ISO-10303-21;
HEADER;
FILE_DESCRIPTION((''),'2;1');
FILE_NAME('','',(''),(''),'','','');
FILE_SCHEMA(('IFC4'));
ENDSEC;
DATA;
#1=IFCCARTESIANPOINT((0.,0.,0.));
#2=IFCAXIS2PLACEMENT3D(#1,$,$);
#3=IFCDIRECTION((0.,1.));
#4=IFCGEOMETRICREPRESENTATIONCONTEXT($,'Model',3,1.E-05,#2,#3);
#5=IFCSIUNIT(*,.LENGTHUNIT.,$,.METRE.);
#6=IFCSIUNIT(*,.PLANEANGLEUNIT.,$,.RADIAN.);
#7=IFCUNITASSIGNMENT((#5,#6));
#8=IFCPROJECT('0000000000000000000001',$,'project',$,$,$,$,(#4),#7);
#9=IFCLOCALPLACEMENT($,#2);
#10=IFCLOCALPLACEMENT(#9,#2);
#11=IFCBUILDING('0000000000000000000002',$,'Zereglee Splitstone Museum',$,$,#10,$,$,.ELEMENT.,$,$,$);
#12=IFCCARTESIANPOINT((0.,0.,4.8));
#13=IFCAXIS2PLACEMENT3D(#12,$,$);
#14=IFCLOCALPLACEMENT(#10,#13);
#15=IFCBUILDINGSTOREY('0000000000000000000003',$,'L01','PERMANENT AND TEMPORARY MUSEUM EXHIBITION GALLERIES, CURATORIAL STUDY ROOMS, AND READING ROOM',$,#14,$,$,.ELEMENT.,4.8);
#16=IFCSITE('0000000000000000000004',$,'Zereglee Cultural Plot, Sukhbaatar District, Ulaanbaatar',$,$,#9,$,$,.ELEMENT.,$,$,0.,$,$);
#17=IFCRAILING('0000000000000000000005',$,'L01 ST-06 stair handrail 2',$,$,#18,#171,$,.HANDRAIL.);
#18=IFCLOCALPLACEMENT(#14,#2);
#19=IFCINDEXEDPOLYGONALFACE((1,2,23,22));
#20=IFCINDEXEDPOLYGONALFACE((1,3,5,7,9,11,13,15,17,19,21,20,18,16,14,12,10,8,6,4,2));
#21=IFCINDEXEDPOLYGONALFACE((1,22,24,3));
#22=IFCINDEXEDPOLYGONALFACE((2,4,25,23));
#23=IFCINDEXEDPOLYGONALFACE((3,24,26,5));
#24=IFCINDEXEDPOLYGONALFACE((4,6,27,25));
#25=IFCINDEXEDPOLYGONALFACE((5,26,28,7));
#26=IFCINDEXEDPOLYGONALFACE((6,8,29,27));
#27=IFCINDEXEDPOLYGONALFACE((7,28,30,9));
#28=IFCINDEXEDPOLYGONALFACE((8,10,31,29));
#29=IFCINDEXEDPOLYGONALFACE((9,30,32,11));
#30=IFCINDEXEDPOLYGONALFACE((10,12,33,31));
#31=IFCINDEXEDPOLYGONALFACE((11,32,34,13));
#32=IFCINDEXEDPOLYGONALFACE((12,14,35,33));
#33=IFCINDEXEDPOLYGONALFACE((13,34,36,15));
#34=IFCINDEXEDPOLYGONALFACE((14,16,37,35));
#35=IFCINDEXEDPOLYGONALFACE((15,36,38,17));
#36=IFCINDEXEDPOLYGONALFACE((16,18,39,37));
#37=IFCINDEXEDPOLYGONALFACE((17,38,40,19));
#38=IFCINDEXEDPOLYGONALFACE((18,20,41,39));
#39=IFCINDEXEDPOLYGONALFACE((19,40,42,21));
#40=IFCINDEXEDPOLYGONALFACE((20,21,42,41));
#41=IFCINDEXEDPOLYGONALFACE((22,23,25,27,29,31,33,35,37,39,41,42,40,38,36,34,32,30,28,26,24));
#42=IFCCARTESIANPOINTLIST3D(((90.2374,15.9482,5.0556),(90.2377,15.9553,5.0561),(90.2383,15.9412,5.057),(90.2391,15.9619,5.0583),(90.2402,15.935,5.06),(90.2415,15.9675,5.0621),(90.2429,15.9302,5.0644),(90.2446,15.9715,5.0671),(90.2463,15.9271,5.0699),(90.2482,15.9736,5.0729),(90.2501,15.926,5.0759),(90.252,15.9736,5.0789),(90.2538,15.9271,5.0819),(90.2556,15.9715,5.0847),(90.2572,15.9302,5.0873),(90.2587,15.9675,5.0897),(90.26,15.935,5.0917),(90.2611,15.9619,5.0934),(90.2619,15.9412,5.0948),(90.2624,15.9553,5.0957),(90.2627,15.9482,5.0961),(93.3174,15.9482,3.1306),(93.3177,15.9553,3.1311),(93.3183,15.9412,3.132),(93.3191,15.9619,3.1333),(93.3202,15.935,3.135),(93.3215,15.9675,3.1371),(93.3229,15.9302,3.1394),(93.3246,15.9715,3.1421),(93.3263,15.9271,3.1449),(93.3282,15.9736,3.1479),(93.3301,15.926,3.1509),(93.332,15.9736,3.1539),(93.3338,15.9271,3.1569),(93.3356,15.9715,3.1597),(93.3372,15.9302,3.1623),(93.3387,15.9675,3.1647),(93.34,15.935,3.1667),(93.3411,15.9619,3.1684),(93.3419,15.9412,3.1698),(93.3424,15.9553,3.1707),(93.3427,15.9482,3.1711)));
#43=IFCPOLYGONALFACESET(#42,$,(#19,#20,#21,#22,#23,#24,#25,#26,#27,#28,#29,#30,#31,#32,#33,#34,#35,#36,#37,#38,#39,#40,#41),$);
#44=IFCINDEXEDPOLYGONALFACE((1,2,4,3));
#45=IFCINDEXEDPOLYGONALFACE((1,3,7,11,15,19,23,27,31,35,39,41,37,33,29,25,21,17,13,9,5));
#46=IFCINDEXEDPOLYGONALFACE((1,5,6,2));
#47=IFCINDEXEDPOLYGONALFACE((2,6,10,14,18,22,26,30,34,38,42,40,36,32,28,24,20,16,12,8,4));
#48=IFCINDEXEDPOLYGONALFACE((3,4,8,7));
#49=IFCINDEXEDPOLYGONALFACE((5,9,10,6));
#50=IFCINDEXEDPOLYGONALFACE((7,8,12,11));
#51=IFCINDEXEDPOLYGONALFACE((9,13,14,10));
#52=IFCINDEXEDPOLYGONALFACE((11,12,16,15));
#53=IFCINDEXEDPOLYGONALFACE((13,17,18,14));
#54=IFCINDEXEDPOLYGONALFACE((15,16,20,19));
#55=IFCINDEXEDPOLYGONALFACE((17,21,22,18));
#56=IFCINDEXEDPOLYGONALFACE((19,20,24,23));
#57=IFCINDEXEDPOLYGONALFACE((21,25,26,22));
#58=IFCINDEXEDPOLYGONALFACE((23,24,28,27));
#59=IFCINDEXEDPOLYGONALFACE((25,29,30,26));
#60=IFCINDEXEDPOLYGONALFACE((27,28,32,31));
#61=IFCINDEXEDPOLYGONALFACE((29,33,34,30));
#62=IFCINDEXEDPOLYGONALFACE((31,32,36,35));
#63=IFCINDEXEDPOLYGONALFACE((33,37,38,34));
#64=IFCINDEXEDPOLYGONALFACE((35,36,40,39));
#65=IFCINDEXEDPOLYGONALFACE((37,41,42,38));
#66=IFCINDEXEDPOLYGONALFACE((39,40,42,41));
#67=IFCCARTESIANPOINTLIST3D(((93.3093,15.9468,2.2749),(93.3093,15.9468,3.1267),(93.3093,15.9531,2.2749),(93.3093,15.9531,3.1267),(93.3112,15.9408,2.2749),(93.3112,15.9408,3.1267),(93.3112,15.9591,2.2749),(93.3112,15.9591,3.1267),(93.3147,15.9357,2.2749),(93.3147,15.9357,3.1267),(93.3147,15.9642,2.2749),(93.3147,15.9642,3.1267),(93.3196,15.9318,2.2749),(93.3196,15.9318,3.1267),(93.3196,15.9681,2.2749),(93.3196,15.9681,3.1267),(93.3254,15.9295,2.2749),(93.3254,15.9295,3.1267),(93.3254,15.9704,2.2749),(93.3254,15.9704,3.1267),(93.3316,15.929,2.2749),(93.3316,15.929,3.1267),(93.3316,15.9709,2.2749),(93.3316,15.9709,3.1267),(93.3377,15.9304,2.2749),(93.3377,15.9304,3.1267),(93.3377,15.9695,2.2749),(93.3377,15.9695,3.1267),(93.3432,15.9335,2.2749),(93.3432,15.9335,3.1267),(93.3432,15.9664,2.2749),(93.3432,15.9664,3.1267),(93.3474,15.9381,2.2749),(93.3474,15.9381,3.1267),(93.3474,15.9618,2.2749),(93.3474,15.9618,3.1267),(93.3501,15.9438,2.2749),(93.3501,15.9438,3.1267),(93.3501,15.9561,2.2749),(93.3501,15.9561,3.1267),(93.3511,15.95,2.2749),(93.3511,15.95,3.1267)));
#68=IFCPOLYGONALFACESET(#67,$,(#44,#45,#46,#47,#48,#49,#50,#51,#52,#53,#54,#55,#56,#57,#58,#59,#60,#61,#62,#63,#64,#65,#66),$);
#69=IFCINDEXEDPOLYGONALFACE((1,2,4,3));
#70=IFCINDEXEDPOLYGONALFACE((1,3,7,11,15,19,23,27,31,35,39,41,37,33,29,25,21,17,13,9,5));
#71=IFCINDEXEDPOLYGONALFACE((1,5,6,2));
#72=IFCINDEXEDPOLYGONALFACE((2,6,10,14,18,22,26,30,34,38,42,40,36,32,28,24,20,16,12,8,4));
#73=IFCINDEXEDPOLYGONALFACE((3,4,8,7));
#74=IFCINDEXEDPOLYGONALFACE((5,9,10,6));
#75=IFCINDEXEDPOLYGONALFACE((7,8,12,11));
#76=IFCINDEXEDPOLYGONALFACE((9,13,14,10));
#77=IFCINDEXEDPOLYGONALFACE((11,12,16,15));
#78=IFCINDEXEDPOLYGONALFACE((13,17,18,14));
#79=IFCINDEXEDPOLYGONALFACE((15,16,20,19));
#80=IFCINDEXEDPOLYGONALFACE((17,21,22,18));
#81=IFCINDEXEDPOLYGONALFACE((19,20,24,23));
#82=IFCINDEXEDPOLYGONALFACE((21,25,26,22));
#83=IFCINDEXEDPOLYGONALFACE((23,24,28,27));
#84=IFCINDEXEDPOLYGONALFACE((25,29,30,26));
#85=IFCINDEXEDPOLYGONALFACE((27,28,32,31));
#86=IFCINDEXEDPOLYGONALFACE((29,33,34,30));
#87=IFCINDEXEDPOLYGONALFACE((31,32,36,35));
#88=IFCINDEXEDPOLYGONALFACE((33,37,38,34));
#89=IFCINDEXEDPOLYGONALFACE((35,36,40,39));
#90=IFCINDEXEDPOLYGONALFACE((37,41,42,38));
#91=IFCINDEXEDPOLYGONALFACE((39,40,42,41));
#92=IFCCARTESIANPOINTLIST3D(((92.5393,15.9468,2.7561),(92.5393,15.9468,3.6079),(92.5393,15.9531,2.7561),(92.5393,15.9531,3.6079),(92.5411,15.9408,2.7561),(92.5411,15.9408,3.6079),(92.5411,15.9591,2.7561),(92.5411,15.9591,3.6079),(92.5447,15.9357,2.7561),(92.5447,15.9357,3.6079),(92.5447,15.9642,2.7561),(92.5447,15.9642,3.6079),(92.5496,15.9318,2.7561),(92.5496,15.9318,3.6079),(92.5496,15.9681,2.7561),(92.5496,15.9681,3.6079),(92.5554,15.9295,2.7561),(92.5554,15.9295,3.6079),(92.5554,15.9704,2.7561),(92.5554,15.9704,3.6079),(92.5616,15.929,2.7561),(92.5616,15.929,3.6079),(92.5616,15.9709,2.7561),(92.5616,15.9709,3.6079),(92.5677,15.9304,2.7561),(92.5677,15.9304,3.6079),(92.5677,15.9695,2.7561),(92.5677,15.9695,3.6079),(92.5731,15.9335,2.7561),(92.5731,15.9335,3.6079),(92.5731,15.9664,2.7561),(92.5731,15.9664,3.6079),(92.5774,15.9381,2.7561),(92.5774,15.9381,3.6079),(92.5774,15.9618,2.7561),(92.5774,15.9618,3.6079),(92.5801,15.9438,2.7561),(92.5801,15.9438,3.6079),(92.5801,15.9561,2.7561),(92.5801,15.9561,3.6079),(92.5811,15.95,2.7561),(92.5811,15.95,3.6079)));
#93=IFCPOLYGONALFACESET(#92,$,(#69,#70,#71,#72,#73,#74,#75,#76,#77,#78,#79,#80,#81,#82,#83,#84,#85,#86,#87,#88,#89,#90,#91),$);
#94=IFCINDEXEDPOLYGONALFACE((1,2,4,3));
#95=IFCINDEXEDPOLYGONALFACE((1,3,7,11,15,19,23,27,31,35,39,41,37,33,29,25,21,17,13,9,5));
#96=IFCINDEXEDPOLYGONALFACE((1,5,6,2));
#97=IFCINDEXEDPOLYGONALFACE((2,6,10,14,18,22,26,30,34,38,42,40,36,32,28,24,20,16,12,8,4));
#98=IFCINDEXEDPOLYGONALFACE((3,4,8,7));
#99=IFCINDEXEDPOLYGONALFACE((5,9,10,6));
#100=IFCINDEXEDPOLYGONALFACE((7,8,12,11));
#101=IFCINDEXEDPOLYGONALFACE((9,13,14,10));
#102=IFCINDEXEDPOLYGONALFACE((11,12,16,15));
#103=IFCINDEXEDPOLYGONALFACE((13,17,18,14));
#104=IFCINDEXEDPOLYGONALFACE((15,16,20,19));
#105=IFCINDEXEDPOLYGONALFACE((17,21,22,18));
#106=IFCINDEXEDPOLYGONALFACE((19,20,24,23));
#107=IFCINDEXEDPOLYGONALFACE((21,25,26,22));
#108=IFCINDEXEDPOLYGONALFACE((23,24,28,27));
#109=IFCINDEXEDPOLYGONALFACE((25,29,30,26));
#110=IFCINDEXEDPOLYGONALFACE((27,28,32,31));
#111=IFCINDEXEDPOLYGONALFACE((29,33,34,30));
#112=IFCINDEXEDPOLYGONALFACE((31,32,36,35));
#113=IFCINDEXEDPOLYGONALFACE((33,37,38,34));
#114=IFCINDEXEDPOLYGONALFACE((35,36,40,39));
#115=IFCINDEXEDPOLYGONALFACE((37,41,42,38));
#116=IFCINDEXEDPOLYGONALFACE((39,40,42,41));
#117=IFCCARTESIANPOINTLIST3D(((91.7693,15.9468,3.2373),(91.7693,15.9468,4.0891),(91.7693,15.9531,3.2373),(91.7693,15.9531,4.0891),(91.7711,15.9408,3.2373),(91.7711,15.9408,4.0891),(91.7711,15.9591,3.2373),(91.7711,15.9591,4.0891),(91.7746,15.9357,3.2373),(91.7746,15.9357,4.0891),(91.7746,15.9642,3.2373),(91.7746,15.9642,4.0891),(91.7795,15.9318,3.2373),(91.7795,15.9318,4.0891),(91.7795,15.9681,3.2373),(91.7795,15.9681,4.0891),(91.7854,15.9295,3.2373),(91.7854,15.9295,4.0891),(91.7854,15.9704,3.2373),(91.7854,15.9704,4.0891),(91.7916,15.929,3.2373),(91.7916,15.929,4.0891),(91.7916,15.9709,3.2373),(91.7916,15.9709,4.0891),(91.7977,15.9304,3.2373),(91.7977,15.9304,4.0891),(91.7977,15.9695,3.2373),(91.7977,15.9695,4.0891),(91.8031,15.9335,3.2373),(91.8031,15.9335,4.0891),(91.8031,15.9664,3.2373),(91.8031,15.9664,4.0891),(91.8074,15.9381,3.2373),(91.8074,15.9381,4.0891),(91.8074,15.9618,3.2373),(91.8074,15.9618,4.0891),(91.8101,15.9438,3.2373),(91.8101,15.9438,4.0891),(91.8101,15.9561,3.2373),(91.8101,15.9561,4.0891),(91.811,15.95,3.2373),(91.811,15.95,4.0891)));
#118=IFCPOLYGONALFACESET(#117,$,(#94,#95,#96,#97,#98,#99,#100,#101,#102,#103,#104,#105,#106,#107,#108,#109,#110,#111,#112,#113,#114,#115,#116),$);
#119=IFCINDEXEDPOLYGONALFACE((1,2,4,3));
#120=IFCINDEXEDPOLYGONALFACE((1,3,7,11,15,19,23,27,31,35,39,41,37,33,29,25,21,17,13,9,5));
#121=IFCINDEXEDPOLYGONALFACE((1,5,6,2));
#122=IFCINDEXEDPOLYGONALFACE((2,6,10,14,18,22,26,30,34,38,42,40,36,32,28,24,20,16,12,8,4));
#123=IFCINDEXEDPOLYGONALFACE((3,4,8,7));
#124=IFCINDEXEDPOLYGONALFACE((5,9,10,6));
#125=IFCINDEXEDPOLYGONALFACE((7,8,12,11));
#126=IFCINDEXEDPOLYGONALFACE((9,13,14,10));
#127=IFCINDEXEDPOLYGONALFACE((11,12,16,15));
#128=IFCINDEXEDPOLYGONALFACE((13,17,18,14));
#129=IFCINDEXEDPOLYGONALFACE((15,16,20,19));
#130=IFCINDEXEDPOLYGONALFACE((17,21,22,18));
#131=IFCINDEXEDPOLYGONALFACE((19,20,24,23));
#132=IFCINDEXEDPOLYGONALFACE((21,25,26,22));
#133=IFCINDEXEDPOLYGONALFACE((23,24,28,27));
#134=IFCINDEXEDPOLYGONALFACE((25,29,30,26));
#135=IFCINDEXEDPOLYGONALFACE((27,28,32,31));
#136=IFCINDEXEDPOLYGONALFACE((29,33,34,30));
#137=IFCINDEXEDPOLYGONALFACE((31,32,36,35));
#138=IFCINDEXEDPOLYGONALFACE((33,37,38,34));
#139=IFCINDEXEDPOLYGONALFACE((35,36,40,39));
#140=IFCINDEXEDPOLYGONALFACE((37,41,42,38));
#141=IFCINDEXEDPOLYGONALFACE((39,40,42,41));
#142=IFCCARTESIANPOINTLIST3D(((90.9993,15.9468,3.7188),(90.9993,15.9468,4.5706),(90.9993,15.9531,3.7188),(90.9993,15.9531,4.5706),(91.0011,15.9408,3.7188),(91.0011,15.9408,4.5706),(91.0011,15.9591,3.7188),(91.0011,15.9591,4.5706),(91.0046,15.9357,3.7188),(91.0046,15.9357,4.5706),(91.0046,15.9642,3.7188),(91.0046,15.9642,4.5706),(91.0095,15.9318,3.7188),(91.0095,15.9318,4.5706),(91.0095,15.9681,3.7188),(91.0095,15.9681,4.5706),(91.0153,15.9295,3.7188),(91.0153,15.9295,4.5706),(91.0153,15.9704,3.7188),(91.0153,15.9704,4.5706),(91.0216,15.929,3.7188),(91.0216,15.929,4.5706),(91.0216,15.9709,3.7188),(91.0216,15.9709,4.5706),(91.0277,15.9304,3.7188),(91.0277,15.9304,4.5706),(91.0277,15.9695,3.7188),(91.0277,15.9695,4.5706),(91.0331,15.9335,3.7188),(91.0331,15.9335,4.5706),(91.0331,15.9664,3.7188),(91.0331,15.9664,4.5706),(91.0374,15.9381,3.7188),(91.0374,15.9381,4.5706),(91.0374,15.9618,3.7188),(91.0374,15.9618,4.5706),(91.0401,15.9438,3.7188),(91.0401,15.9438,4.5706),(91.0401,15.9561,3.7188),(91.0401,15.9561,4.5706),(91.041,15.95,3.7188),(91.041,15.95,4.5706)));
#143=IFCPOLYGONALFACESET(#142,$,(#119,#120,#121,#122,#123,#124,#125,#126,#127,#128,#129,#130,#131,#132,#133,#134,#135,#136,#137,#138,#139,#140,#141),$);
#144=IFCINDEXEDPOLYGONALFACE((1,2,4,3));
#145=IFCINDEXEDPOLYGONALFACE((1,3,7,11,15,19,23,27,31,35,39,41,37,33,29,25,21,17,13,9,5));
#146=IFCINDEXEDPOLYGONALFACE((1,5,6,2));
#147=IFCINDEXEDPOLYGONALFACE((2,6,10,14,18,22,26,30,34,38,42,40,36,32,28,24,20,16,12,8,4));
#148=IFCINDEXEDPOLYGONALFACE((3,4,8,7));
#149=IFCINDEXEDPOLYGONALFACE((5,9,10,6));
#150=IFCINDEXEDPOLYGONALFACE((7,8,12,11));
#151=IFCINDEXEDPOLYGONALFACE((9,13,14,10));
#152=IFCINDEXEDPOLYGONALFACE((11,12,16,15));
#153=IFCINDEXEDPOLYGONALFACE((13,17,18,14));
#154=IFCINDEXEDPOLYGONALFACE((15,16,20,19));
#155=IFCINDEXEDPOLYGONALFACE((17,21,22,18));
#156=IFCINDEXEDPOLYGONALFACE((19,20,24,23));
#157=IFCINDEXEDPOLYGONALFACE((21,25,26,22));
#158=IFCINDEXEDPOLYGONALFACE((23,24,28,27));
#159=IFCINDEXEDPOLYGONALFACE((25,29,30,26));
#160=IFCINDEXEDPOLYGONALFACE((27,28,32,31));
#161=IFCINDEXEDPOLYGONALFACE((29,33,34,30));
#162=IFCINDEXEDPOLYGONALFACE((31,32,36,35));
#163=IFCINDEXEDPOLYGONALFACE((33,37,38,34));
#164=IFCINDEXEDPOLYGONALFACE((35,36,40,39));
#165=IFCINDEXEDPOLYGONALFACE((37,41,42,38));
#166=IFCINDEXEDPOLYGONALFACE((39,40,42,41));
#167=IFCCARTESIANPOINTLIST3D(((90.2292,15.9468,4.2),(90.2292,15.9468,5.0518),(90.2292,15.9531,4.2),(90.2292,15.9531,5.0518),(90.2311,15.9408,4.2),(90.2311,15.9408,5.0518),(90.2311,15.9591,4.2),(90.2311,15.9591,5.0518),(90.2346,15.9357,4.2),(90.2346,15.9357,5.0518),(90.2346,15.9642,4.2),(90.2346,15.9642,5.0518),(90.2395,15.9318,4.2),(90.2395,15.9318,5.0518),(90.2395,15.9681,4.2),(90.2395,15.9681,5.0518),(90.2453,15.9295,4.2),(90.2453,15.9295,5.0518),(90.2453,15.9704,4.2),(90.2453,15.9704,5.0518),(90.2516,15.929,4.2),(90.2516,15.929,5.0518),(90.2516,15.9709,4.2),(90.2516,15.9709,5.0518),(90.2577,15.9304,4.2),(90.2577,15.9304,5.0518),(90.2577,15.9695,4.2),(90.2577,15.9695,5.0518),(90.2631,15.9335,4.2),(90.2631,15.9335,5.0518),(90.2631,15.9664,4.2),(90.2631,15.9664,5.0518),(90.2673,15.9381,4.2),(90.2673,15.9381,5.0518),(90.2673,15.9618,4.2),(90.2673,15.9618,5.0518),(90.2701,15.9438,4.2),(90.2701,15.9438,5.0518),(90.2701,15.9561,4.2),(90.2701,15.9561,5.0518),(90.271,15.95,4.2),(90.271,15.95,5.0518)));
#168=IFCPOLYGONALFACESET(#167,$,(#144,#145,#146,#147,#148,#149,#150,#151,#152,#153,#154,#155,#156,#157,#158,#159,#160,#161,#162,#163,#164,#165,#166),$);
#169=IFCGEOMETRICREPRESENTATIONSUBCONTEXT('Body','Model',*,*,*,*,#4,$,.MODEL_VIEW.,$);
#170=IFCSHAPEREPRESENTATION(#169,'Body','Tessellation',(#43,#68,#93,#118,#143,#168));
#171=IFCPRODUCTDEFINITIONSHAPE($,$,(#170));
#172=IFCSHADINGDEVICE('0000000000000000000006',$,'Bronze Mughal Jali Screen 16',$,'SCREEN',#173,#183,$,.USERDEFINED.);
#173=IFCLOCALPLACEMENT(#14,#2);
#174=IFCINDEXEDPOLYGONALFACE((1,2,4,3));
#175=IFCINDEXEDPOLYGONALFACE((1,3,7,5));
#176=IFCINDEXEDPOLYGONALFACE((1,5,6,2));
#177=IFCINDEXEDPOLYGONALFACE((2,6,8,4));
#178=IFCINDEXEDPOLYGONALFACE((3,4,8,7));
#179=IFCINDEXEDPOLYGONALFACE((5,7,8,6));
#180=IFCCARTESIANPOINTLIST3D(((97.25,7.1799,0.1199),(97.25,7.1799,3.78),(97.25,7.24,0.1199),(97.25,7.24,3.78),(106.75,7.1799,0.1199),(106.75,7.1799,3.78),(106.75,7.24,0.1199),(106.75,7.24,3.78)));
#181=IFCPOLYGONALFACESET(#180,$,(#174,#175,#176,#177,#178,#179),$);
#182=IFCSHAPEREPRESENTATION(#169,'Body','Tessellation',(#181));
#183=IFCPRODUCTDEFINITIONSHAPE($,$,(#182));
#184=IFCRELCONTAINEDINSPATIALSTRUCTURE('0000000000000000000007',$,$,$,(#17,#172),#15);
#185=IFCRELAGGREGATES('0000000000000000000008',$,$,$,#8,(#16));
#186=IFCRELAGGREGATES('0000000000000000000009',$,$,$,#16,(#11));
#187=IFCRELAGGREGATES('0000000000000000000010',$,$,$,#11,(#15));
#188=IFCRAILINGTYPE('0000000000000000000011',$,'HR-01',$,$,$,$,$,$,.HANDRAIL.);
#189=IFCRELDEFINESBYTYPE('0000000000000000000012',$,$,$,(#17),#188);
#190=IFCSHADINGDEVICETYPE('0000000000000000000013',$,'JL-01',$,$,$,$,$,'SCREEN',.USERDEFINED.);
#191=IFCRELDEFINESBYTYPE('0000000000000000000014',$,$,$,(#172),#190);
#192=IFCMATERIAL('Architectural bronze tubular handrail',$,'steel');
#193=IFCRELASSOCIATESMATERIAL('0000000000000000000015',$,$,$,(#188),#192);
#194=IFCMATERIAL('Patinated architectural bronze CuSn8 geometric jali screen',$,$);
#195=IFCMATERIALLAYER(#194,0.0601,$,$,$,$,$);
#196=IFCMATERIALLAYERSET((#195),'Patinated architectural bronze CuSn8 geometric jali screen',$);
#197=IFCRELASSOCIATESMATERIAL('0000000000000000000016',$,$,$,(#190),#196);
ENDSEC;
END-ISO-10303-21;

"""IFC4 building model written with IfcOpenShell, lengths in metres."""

from ifc_helpers import new_model, si_unit, direction, frame, origin, origin_2d, place, context, subcontext, project, spatial, polyline, circle, outline, extrude, material, layer, layer_set, type_object, element, save


model = new_model("IFC4")

# Units and contexts
model_context = context("Model", 3, precision=1e-05, world=origin(), true_north=direction((0.0, 1.0)))
body_context = subcontext(model_context, "Body", "Model", "MODEL_VIEW")
ifc_project = project(units=[si_unit("LENGTHUNIT", "METRE"), si_unit("PLANEANGLEUNIT", "RADIAN")], contexts=[model_context])

# Site, building, storey
site_placement = place(None, origin())
site = spatial("IfcSite", under=ifc_project, at=site_placement, Name="Zereglee Cultural Plot, Sukhbaatar District, Ulaanbaatar", CompositionType="ELEMENT", RefElevation=0.0)
building_placement = place(site_placement, origin())
building = spatial("IfcBuilding", under=site, at=building_placement, Name="Zereglee Splitstone Museum", CompositionType="ELEMENT")
storey_placement = place(building_placement, frame((0.0, 0.0, 4.8)))
storey = spatial("IfcBuildingStorey", under=building, at=storey_placement, Name="L01", Description="PERMANENT AND TEMPORARY MUSEUM EXHIBITION GALLERIES, CURATORIAL STUDY ROOMS, AND READING ROOM", CompositionType="ELEMENT", Elevation=4.8)

# Railing
ifc_material_1 = material(Name="Architectural bronze tubular handrail", Category="steel")
railing_type_1 = type_object("IfcRailingType", Name="HR-01", PredefinedType="HANDRAIL", material=ifc_material_1)
railing_1_placement = place(storey_placement, frame((93.3301, 15.95, 2.2749)))
element("IfcRailing", 1, at=railing_1_placement, inside=storey, type_object=railing_type_1, Name="L01 ST-06 stair handrail 2", PredefinedType="HANDRAIL", context=body_context, shape_type="SweptSolid", body=[
    extrude(circle(Radius=0.0239, at=origin_2d()), frame((0.0, 0.0, 0.876), z_axis=(-0.847998, 0.0, 0.529999), x_axis=(0.0, -1.0, 0.0)), (0.0, 0.0, 1.0), 3.6321),
    extrude(circle(Radius=0.021, at=origin_2d()), origin(), (0.0, 0.0, 1.0), 0.8518),
    extrude(circle(Radius=0.021, at=origin_2d()), frame((-0.77, 0.0, 0.4812)), (0.0, 0.0, 1.0), 0.8518),
    extrude(circle(Radius=0.021, at=origin_2d()), frame((-1.54, 0.0, 0.9624)), (0.0, 0.0, 1.0), 0.8518),
    extrude(circle(Radius=0.021, at=origin_2d()), frame((-2.3101, 0.0, 1.4438)), (0.0, 0.0, 1.0), 0.8518),
    extrude(circle(Radius=0.021, at=origin_2d()), frame((-3.0801, 0.0, 1.925)), (0.0, 0.0, 1.0), 0.8518),
])

# Shading device
ifc_material_2 = material(Name="Patinated architectural bronze CuSn8 geometric jali screen")
ifc_layer_1 = layer(ifc_material_2, 0.0601)
ifc_layer_set_1 = layer_set([ifc_layer_1], Name="Patinated architectural bronze CuSn8 geometric jali screen")
shading_device_type = type_object("IfcShadingDeviceType", Name="JL-01", ElementType="SCREEN", PredefinedType="USERDEFINED", material=ifc_layer_set_1)
shading_device_placement = place(storey_placement, frame((97.25, 7.24, 0.1199), z_axis=(0.0, -1.0, 0.0), x_axis=(1.0, 0.0, 0.0)))
element("IfcShadingDevice", 2, at=shading_device_placement, inside=storey, type_object=shading_device_type, Name="Bronze Mughal Jali Screen 16", ObjectType="SCREEN", PredefinedType="USERDEFINED", context=body_context, shape_type="SweptSolid", body=[
    extrude(outline(polyline([(0.0, 0.0), (9.5, 0.0), (9.5, 3.6602), (0.0, 3.6602), (0.0, 0.0)])), origin(), (0.0, 0.0, 1.0), 0.0601),
])

save(model, "model.ifc")
